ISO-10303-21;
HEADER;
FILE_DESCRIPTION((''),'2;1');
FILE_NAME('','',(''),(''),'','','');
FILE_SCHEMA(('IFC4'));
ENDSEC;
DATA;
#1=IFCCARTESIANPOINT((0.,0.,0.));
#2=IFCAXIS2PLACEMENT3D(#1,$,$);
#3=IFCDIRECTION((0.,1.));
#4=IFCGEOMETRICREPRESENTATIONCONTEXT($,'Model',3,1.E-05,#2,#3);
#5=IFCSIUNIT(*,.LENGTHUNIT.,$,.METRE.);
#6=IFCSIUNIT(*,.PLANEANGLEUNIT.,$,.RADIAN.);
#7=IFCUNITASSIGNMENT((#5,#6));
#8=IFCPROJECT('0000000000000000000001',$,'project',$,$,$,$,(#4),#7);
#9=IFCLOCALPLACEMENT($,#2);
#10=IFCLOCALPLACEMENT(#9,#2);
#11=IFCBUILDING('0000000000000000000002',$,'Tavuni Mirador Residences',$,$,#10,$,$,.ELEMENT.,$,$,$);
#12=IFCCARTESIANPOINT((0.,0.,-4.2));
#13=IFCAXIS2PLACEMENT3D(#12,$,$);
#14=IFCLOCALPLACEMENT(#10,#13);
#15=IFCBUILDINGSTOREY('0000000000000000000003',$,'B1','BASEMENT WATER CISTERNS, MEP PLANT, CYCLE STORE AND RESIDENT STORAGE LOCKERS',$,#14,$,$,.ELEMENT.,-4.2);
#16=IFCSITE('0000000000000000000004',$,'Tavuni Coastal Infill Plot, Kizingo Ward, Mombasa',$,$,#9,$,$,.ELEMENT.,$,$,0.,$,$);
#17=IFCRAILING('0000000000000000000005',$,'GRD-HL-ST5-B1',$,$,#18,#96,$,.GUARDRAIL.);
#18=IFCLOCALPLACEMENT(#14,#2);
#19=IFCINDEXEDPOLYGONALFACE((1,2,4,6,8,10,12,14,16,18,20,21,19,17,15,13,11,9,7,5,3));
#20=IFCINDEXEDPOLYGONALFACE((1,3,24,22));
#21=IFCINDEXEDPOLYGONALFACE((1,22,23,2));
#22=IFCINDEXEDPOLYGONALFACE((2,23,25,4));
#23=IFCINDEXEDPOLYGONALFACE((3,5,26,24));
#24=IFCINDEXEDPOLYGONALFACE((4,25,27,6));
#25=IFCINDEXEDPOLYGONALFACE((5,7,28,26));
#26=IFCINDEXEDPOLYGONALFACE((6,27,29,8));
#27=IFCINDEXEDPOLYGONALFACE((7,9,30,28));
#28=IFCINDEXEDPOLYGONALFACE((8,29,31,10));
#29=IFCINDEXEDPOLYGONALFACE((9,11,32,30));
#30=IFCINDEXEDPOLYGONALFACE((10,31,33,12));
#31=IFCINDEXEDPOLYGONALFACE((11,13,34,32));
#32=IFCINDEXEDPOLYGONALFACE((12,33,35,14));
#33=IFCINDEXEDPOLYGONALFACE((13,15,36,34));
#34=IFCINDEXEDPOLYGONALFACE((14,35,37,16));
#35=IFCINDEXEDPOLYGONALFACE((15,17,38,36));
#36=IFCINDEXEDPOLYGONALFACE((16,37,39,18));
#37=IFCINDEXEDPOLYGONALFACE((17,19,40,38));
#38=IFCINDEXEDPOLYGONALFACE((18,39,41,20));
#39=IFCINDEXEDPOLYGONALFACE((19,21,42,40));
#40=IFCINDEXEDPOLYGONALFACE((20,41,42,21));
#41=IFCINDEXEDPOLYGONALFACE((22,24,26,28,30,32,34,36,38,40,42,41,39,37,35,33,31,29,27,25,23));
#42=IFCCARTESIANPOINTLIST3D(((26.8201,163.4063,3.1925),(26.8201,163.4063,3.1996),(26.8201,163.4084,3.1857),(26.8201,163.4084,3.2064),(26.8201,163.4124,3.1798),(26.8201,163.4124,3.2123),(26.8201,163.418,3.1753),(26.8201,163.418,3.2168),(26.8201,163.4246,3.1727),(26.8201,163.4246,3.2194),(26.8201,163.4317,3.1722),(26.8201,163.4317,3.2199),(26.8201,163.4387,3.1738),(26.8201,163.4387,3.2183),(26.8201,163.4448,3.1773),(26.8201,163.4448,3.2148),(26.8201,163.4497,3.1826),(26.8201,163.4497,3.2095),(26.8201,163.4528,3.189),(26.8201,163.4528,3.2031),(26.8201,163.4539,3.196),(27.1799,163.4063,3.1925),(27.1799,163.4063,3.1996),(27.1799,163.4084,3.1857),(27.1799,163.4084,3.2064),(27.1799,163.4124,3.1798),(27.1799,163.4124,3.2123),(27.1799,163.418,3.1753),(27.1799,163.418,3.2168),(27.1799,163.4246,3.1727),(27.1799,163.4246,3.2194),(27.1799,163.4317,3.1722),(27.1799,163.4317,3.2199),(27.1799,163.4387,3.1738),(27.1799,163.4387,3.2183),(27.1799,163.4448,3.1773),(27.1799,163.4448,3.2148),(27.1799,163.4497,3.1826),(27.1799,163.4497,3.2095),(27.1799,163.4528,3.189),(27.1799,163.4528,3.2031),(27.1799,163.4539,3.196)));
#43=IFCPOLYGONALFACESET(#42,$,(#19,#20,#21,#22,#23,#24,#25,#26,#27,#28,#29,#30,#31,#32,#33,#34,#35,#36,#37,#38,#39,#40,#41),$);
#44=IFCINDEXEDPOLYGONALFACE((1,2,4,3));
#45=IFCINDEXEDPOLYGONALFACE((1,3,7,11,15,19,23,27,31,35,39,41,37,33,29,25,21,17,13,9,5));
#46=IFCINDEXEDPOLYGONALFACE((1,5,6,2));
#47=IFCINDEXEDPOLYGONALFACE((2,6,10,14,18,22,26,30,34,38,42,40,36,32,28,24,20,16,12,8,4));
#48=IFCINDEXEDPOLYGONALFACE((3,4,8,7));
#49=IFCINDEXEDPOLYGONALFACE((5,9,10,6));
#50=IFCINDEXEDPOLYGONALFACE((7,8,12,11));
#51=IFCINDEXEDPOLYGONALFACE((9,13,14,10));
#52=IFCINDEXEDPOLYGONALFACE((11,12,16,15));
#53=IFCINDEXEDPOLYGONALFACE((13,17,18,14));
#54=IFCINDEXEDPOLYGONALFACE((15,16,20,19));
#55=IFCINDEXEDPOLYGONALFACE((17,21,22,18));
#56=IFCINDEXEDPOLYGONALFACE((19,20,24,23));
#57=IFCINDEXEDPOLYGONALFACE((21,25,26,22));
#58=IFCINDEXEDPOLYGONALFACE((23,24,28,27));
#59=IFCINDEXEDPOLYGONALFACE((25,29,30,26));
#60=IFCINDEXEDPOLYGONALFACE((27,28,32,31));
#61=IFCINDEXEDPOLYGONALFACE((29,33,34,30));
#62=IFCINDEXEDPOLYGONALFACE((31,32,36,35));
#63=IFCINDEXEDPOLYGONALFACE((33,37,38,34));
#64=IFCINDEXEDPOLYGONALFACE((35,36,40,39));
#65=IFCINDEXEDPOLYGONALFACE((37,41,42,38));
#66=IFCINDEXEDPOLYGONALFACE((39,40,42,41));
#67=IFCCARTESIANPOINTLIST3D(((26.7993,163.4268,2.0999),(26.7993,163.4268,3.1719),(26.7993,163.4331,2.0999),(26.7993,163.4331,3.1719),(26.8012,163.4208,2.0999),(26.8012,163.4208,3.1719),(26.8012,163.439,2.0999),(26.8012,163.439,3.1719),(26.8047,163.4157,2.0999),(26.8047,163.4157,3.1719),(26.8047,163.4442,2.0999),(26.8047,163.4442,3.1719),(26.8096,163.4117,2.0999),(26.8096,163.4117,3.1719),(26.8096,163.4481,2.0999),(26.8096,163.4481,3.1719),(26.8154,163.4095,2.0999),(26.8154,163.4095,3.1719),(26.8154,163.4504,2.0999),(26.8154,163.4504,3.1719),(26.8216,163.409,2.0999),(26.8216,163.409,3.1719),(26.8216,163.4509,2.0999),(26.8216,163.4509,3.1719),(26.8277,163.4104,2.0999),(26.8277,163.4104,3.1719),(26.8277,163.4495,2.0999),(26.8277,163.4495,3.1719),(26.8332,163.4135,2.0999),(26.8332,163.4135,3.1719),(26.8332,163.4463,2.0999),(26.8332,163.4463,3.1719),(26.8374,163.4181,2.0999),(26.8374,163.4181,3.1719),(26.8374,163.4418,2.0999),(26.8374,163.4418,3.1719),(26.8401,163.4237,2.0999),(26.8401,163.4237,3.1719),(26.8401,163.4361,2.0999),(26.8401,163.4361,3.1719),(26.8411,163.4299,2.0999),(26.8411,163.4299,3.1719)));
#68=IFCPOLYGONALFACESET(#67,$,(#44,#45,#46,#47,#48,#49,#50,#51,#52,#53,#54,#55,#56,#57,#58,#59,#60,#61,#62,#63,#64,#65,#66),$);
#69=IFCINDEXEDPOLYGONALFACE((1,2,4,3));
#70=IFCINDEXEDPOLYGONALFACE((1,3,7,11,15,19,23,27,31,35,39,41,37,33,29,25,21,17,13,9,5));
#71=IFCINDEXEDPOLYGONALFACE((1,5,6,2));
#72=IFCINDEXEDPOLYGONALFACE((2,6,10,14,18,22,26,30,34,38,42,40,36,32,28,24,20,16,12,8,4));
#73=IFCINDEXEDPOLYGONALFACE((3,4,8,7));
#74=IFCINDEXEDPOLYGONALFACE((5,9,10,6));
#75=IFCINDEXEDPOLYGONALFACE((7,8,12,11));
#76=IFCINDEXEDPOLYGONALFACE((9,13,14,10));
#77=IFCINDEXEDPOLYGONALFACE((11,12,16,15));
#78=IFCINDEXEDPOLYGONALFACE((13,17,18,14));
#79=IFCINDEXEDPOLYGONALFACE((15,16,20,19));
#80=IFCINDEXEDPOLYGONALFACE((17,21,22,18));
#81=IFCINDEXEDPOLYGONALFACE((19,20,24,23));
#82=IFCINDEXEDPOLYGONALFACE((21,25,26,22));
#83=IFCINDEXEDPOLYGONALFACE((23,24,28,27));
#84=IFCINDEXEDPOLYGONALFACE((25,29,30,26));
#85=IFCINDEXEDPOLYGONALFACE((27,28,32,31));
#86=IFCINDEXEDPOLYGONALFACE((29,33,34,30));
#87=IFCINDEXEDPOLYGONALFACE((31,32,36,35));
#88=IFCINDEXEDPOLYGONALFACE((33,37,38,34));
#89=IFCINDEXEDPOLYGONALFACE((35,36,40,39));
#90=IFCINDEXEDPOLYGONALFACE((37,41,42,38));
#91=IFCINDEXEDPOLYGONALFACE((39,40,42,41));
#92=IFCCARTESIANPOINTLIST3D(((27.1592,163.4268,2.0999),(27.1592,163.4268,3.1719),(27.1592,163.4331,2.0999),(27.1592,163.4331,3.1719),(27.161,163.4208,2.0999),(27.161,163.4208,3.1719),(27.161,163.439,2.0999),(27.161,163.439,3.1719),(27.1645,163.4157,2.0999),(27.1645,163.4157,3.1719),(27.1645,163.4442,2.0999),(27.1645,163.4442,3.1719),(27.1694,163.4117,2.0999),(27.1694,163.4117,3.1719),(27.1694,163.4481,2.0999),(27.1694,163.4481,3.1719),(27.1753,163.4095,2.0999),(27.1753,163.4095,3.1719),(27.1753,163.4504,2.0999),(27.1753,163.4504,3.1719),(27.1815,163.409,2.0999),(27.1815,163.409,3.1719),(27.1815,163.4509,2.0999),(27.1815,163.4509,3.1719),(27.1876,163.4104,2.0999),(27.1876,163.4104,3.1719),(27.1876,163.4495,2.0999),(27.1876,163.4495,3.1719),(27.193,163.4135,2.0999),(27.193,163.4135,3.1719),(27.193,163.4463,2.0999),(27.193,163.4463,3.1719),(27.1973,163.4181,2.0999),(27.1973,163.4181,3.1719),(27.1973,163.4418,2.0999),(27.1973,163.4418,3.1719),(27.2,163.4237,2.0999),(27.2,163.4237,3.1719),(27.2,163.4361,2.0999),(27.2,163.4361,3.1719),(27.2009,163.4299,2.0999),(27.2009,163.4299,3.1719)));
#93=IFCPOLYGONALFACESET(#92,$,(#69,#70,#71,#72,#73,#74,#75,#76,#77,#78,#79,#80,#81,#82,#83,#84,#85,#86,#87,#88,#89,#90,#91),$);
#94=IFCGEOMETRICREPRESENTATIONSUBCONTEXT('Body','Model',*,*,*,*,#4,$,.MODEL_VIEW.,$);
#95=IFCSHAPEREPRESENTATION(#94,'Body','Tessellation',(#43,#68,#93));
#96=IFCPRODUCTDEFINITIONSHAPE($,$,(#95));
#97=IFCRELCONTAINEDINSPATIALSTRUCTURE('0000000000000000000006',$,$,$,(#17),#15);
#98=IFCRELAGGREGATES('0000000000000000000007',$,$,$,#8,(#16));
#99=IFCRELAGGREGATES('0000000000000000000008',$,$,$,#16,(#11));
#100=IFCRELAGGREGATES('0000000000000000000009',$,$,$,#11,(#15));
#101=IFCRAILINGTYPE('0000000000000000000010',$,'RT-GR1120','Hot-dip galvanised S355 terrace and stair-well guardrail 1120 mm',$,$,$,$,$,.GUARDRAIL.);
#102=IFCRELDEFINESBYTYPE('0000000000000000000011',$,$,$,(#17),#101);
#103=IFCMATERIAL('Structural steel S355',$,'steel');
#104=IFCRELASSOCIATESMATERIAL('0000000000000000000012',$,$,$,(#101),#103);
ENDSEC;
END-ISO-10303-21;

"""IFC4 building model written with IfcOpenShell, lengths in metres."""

from ifc_helpers import new_model, si_unit, direction, frame, origin, origin_2d, place, context, subcontext, project, spatial, circle, extrude, material, type_object, element, save


model = new_model("IFC4")

# Units and contexts
model_context = context("Model", 3, precision=1e-05, world=origin(), true_north=direction((0.0, 1.0)))
body_context = subcontext(model_context, "Body", "Model", "MODEL_VIEW")
ifc_project = project(units=[si_unit("LENGTHUNIT", "METRE"), si_unit("PLANEANGLEUNIT", "RADIAN")], contexts=[model_context])

# Site, building, storey
site_placement = place(None, origin())
site = spatial("IfcSite", under=ifc_project, at=site_placement, Name="Tavuni Coastal Infill Plot, Kizingo Ward, Mombasa", CompositionType="ELEMENT", RefElevation=0.0)
building_placement = place(site_placement, origin())
building = spatial("IfcBuilding", under=site, at=building_placement, Name="Tavuni Mirador Residences", CompositionType="ELEMENT")
storey_placement = place(building_placement, frame((0.0, 0.0, -4.2)))
storey = spatial("IfcBuildingStorey", under=building, at=storey_placement, Name="B1", Description="BASEMENT WATER CISTERNS, MEP PLANT, CYCLE STORE AND RESIDENT STORAGE LOCKERS", CompositionType="ELEMENT", Elevation=-4.2)

# Shared definitions
ifc_material_1 = material(Name="Structural steel S355", Category="steel")

# Railing
railing_type_1 = type_object("IfcRailingType", Name="RT-GR1120", Description="Hot-dip galvanised S355 terrace and stair-well guardrail 1120 mm", PredefinedType="GUARDRAIL", material=ifc_material_1)
railing_1_placement = place(storey_placement, frame((26.8201, 163.4299, 2.0999)))
element("IfcRailing", 1, at=railing_1_placement, inside=storey, type_object=railing_type_1, Name="GRD-HL-ST5-B1", PredefinedType="GUARDRAIL", context=body_context, shape_type="SweptSolid", body=[
    extrude(circle(Radius=0.0239, at=origin_2d()), frame((0.0, 0.0, 1.0962), z_axis=(1.0, 0.0, 0.0), x_axis=(0.0, 1.0, 0.0)), (0.0, 0.0, 1.0), 0.3599),
    extrude(circle(Radius=0.021, at=origin_2d()), origin(), (0.0, 0.0, 1.0), 1.072),
    extrude(circle(Radius=0.021, at=origin_2d()), frame((0.3599, 0.0, 0.0)), (0.0, 0.0, 1.0), 1.072),
])

save(model, "model.ifc")
